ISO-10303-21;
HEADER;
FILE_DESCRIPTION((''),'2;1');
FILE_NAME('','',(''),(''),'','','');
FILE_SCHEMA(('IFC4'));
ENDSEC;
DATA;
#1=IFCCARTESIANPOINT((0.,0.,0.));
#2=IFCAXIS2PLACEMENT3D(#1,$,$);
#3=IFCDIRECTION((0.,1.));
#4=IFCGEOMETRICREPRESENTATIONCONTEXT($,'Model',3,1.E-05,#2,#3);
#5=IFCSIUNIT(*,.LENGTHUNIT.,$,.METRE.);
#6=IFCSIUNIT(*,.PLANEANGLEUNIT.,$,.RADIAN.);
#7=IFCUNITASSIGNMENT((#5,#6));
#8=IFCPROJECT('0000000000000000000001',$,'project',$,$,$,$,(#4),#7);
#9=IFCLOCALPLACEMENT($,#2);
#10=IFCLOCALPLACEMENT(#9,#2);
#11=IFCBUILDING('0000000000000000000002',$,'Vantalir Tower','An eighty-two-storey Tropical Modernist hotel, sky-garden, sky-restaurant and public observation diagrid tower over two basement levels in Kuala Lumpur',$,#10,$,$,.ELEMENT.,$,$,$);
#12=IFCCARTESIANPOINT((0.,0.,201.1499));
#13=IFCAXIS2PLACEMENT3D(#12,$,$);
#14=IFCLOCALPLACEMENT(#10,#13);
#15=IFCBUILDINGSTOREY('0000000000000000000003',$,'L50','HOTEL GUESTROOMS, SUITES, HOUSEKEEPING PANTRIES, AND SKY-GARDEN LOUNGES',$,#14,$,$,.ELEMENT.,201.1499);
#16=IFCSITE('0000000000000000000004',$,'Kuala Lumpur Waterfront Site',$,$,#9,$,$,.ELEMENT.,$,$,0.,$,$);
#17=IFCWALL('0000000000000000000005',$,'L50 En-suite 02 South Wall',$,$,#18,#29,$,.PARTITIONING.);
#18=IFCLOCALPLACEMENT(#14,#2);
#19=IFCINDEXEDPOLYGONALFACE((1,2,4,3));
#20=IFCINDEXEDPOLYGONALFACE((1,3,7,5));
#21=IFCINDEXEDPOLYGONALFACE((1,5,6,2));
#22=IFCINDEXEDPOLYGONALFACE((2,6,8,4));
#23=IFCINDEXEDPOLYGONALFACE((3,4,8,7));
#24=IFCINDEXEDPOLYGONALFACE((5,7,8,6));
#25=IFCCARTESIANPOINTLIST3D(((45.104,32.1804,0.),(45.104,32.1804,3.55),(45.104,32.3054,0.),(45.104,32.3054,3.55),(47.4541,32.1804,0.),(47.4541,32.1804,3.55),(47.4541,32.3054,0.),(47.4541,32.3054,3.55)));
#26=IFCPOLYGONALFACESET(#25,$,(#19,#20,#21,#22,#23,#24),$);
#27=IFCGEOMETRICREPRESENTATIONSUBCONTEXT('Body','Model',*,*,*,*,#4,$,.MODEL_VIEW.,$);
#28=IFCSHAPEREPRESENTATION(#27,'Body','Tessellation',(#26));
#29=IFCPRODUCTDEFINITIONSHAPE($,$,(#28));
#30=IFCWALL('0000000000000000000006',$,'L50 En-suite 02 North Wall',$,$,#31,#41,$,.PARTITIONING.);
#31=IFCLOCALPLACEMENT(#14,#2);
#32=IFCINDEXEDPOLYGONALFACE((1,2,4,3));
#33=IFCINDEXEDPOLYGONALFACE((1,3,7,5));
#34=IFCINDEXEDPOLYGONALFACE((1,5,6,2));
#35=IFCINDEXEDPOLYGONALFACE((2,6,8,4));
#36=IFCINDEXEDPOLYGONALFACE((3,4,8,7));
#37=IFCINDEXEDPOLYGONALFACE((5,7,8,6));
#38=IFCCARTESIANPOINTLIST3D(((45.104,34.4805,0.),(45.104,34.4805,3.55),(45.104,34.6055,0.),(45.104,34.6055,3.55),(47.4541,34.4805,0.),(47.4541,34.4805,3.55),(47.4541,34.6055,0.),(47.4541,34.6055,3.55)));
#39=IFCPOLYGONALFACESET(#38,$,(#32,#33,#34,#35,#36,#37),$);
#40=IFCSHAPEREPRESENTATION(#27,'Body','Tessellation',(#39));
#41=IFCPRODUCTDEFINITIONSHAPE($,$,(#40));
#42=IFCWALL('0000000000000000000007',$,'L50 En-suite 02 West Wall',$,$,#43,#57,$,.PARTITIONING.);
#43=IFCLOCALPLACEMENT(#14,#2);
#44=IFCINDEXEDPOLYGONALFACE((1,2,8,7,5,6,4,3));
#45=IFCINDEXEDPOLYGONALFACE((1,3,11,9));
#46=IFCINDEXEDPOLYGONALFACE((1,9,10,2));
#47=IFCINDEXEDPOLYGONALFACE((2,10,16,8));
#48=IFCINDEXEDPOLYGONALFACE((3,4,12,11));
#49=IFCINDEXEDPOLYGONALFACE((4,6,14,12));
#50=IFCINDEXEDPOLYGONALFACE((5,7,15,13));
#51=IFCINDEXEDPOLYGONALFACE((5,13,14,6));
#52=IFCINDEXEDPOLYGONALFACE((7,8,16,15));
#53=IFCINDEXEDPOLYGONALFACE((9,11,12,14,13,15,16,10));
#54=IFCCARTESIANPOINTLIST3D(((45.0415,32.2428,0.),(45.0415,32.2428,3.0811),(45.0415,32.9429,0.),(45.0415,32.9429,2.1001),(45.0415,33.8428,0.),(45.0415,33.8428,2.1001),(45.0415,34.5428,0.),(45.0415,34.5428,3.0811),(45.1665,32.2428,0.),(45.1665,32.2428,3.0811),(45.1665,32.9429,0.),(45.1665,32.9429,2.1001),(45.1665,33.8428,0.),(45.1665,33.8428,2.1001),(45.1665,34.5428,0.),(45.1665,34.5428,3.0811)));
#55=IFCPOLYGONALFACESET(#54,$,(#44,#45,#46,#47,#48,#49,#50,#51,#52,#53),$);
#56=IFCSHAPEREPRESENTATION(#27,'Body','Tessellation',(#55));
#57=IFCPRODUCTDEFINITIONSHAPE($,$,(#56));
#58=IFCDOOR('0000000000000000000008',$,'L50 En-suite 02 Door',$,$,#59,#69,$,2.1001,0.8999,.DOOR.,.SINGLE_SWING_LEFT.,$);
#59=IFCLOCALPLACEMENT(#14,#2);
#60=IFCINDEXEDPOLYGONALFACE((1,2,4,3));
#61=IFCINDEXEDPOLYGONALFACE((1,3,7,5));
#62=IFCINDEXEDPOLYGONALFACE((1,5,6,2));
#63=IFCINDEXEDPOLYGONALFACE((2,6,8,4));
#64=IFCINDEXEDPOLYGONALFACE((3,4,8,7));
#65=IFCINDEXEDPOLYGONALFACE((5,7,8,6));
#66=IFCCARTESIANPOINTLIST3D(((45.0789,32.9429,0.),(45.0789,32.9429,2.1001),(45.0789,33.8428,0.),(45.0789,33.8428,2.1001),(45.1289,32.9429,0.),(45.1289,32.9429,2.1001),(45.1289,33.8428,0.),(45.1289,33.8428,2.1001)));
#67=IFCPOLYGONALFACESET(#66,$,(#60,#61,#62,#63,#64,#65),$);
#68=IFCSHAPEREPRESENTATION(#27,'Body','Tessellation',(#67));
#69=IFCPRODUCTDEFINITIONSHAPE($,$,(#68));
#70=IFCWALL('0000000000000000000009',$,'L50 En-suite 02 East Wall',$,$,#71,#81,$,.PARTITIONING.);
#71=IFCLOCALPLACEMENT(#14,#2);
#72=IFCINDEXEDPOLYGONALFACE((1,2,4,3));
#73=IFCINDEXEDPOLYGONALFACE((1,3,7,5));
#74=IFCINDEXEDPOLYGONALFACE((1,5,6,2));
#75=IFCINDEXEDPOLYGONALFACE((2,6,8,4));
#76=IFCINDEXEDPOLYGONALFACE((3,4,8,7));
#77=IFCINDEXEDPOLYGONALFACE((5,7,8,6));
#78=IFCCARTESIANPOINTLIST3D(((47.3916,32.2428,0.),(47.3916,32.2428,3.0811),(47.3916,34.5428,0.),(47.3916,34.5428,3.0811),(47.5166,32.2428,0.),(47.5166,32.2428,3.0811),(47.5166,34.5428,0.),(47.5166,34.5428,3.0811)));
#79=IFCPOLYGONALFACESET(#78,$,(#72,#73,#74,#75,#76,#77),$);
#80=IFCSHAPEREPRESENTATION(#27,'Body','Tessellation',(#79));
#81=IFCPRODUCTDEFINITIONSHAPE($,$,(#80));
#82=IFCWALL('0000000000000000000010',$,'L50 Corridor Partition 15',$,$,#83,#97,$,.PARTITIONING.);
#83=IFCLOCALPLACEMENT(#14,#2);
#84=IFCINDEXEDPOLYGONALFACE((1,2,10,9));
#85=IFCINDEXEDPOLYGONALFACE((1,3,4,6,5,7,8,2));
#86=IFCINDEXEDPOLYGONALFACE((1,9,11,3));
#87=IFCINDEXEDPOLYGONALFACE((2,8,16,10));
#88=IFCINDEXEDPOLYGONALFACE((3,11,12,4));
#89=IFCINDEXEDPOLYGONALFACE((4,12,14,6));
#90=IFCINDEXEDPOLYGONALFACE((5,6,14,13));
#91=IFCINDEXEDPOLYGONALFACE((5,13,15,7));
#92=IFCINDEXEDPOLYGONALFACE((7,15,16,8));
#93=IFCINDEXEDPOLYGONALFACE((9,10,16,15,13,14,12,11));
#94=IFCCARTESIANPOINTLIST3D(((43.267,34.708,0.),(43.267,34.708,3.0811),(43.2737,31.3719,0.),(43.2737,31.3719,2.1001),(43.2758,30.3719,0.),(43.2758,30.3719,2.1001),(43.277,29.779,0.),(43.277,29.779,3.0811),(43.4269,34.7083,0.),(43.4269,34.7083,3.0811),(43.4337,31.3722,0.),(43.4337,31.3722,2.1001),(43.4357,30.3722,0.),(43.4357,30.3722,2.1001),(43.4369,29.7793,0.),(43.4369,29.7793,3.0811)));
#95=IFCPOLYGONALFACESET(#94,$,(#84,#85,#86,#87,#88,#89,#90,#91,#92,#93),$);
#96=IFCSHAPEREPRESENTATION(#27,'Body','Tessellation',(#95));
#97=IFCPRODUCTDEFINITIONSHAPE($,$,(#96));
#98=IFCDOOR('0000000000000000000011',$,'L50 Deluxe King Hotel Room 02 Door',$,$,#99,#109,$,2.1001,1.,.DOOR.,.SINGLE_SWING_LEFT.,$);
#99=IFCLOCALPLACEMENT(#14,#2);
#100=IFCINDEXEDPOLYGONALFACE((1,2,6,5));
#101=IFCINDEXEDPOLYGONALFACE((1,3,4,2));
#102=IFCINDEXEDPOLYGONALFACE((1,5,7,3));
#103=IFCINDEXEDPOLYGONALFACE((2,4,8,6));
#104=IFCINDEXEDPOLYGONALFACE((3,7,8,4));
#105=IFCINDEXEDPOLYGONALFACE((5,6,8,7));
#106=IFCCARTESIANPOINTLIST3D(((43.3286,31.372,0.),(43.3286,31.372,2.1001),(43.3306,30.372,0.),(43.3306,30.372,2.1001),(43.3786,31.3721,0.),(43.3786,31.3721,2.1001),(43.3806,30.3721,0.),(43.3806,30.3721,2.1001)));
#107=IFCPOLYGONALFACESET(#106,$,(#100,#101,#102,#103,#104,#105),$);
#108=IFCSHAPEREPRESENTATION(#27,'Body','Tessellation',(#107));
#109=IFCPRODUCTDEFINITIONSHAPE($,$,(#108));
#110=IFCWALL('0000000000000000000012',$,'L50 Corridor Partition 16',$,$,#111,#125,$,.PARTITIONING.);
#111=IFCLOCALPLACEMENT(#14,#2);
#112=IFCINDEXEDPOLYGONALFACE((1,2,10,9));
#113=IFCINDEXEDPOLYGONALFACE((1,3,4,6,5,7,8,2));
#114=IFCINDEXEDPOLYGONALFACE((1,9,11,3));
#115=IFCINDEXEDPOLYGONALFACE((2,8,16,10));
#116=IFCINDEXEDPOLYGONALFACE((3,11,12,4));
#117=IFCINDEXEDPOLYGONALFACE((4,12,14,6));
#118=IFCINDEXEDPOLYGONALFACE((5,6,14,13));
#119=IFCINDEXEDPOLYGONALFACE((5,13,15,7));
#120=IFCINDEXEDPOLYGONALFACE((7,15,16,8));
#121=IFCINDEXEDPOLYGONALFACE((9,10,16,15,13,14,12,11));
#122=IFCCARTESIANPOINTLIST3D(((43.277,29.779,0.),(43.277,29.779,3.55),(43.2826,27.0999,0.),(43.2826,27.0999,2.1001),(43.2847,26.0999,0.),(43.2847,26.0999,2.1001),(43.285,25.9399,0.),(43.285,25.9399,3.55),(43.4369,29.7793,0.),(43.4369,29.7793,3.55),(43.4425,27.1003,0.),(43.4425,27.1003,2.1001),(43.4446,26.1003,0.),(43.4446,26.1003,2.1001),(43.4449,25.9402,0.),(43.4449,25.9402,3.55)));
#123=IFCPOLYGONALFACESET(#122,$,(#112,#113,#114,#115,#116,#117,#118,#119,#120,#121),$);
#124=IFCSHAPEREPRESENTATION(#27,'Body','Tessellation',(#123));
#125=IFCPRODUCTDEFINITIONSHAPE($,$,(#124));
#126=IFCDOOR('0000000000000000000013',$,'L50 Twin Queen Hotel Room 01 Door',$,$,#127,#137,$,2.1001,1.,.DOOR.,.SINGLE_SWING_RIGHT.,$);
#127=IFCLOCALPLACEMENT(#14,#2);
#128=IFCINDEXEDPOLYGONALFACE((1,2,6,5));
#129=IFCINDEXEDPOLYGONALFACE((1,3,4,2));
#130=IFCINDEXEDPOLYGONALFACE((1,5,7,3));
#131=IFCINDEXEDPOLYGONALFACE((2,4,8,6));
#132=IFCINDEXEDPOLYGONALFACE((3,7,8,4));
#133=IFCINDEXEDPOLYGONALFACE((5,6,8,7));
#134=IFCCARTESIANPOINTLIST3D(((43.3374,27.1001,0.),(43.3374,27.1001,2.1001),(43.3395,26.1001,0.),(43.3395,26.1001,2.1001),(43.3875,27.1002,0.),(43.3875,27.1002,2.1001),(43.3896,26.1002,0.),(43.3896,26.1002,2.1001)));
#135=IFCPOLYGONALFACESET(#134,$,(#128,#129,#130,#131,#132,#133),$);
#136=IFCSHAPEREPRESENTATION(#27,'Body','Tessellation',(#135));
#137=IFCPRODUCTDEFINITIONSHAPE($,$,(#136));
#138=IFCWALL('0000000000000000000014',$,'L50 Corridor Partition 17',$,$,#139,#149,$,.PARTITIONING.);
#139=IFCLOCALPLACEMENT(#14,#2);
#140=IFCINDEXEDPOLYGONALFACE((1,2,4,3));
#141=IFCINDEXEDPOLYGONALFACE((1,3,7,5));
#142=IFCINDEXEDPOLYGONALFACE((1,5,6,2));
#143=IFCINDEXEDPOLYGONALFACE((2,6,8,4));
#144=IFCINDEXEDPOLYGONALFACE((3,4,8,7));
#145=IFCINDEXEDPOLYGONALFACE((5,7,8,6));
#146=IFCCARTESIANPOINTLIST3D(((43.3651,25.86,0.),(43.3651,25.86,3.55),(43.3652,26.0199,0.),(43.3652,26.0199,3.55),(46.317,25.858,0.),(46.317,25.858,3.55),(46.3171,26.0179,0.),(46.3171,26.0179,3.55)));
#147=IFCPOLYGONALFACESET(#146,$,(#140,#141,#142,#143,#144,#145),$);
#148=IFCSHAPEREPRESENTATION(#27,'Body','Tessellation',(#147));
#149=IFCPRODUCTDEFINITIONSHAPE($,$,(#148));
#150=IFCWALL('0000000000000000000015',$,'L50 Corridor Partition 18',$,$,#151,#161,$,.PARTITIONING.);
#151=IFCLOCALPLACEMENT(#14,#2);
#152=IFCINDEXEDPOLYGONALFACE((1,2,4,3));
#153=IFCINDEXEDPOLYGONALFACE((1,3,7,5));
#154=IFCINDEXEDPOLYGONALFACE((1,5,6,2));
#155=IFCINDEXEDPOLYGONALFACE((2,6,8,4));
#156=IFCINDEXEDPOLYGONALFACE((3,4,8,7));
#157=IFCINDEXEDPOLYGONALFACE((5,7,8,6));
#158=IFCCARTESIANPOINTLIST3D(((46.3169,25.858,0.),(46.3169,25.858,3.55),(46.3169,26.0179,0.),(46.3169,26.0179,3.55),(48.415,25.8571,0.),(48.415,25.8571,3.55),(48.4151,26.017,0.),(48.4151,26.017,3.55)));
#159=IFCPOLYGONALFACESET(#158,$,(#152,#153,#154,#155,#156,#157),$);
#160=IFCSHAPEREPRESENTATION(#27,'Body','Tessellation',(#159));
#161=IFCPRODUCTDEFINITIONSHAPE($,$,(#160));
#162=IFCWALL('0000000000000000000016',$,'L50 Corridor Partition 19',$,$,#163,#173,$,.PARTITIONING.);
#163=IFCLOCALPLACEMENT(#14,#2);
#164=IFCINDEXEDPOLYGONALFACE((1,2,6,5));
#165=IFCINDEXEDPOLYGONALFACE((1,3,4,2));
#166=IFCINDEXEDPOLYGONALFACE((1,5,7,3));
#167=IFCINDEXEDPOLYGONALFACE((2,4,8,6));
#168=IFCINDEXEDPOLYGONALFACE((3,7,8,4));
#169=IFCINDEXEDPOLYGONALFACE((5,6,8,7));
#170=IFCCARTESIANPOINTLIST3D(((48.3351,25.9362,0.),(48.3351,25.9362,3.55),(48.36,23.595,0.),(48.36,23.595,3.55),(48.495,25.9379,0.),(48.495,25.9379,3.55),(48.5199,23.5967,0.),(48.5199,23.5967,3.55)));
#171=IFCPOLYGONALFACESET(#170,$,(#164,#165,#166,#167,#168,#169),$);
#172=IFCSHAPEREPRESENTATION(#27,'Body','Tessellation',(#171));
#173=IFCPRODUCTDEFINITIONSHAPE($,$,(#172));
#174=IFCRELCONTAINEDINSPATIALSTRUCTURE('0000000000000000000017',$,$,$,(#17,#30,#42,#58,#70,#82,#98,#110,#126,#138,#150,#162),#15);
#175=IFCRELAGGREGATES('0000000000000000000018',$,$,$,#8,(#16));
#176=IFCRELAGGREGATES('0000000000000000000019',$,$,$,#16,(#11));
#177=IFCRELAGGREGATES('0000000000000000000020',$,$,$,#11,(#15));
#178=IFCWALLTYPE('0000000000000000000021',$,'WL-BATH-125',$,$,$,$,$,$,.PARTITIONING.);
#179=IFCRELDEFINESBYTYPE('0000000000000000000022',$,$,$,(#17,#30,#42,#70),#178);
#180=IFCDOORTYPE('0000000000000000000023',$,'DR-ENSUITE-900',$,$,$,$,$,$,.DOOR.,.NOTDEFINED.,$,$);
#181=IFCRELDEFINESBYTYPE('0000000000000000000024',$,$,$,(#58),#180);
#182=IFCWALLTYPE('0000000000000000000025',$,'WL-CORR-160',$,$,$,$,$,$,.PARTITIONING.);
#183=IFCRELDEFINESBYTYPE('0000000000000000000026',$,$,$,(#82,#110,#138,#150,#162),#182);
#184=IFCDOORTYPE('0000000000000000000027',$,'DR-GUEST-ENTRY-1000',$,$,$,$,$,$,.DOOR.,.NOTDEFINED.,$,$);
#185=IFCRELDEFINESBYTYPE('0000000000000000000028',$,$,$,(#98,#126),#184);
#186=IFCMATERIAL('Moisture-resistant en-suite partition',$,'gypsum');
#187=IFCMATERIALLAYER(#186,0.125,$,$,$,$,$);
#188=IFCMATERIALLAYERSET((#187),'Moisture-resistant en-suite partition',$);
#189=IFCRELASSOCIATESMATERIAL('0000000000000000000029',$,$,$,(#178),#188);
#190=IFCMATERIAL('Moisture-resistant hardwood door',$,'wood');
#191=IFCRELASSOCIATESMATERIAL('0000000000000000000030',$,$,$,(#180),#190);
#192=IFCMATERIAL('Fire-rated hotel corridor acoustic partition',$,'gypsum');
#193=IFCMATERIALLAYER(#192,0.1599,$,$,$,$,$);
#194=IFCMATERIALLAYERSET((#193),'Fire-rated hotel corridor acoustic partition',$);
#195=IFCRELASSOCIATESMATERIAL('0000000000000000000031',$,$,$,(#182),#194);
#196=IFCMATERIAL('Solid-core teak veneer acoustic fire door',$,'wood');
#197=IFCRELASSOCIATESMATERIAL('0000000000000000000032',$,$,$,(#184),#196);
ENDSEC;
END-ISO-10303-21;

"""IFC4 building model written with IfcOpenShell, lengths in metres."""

from ifc_helpers import new_model, si_unit, direction, frame, frame_2d, origin, place, context, subcontext, project, spatial, rectangle, extrude, material, layer, layer_set, type_object, element, fill, save


model = new_model("IFC4")

# Units and contexts
model_context = context("Model", 3, precision=1e-05, world=origin(), true_north=direction((0.0, 1.0)))
body_context = subcontext(model_context, "Body", "Model", "MODEL_VIEW")
ifc_project = project(units=[si_unit("LENGTHUNIT", "METRE"), si_unit("PLANEANGLEUNIT", "RADIAN")], contexts=[model_context])

# Site, building, storey
site_placement = place(None, origin())
site = spatial("IfcSite", under=ifc_project, at=site_placement, Name="Kuala Lumpur Waterfront Site", CompositionType="ELEMENT", RefElevation=0.0)
building_placement = place(site_placement, origin())
building = spatial("IfcBuilding", under=site, at=building_placement, Name="Vantalir Tower", Description="An eighty-two-storey Tropical Modernist hotel, sky-garden, sky-restaurant and public observation diagrid tower over two basement levels in Kuala Lumpur", CompositionType="ELEMENT")
storey_placement = place(building_placement, frame((0.0, 0.0, 201.1499)))
storey = spatial("IfcBuildingStorey", under=building, at=storey_placement, Name="L50", Description="HOTEL GUESTROOMS, SUITES, HOUSEKEEPING PANTRIES, AND SKY-GARDEN LOUNGES", CompositionType="ELEMENT", Elevation=201.1499)

# Shared definitions
ifc_material_1 = material(Name="Moisture-resistant en-suite partition", Category="gypsum")
ifc_layer_1 = layer(ifc_material_1, 0.125)
ifc_layer_set_1 = layer_set([ifc_layer_1], Name="Moisture-resistant en-suite partition")
wall_type_1 = type_object("IfcWallType", Name="WL-BATH-125", PredefinedType="PARTITIONING", material=ifc_layer_set_1)
ifc_material_2 = material(Name="Moisture-resistant hardwood door", Category="wood")
door_type_1 = type_object("IfcDoorType", Name="DR-ENSUITE-900", OperationType="NOTDEFINED", PredefinedType="DOOR", material=ifc_material_2)

# Walls
for number, where, z_axis, x_axis, name in (
    (1, (45.104, 32.2429, 0.0), (0.0, 0.0, 1.0), (1.0, 0.0, 0.0), "L50 En-suite 02 South Wall"),
    (2, (45.104, 34.543, 0.0), (0.0, 0.0, 1.0), (1.0, 0.0, 0.0), "L50 En-suite 02 North Wall"),
):
    element("IfcWall", number, at=place(storey_placement, frame(where, z_axis=z_axis, x_axis=x_axis)), inside=storey, type_object=wall_type_1, Name=name, PredefinedType="PARTITIONING", context=body_context, shape_type="SweptSolid", body=[
        extrude(rectangle(XDim=2.3501, YDim=0.125, at=frame_2d((1.175, 0.0))), origin(), (0.0, 0.0, 1.0), 3.55),
    ])

# Wall, opening, door
wall_1_placement = place(storey_placement, frame((45.104, 32.2429, 0.0), z_axis=(0.0, 0.0, 1.0), x_axis=(0.0, 1.0, 0.0)))
wall_1 = element("IfcWall", 3, at=wall_1_placement, inside=storey, type_object=wall_type_1, Name="L50 En-suite 02 West Wall", PredefinedType="PARTITIONING", context=body_context, shape_type="SweptSolid", body=[
    extrude(rectangle(XDim=2.3, YDim=0.125, at=frame_2d((1.1499, 0.0))), origin(), (0.0, 0.0, 1.0), 3.0811),
])
opening_1_placement = place(wall_1_placement, frame((0.7, 0.0, 0.0)))
opening_1 = element("IfcOpeningElement", 4, at=opening_1_placement, cuts=wall_1, PredefinedType="OPENING", context=body_context, shape_type="SweptSolid", body=[
    extrude(rectangle(XDim=0.8999, YDim=2.1001, at=frame_2d((0.45, 1.05))), frame((0.0, 0.0725, 0.0), z_axis=(0.0, -1.0, 0.0), x_axis=(1.0, 0.0, 0.0)), (0.0, 0.0, 1.0), 0.145),
])
door_1_placement = place(opening_1_placement, frame((0.8999, 0.0, 0.0), z_axis=(0.0, 0.0, 1.0), x_axis=(-1.0, 0.0, 0.0)))
door_1 = element("IfcDoor", 5, at=door_1_placement, inside=storey, type_object=door_type_1, Name="L50 En-suite 02 Door", OperationType="SINGLE_SWING_LEFT", OverallHeight=2.1001, OverallWidth=0.8999, PredefinedType="DOOR", context=body_context, shape_type="SweptSolid", body=[
    extrude(rectangle(XDim=0.8999, YDim=2.1001, at=frame_2d((0.45, 1.05))), frame((0.0, 0.0249, 0.0), z_axis=(0.0, -1.0, 0.0), x_axis=(1.0, 0.0, 0.0)), (0.0, 0.0, 1.0), 0.05),
])
fill(opening_1, door_1)

# Wall
wall_2_placement = place(storey_placement, frame((47.4541, 32.2429, 0.0), z_axis=(0.0, 0.0, 1.0), x_axis=(0.0, 1.0, 0.0)))
element("IfcWall", 6, at=wall_2_placement, inside=storey, type_object=wall_type_1, Name="L50 En-suite 02 East Wall", PredefinedType="PARTITIONING", context=body_context, shape_type="SweptSolid", body=[
    extrude(rectangle(XDim=2.3, YDim=0.125, at=frame_2d((1.1499, 0.0))), origin(), (0.0, 0.0, 1.0), 3.0811),
])

# Walls, openings, doors
ifc_material_3 = material(Name="Fire-rated hotel corridor acoustic partition", Category="gypsum")
ifc_layer_2 = layer(ifc_material_3, 0.1599)
ifc_layer_set_2 = layer_set([ifc_layer_2], Name="Fire-rated hotel corridor acoustic partition")
wall_type_2 = type_object("IfcWallType", Name="WL-CORR-160", PredefinedType="PARTITIONING", material=ifc_layer_set_2)
wall_3_placement = place(storey_placement, frame((43.3469, 34.708, 0.0), z_axis=(0.0, 0.0, 1.0), x_axis=(0.002031, -0.999998, 0.0)))
wall_3 = element("IfcWall", 7, at=wall_3_placement, inside=storey, type_object=wall_type_2, Name="L50 Corridor Partition 15", PredefinedType="PARTITIONING", context=body_context, shape_type="SweptSolid", body=[
    extrude(rectangle(XDim=4.929, YDim=0.1599, at=frame_2d((2.4644, 0.0))), origin(), (0.0, 0.0, 1.0), 3.0811),
])
opening_2_placement = place(wall_3_placement, frame((3.3359, 0.0, 0.0)))
opening_2 = element("IfcOpeningElement", 8, at=opening_2_placement, cuts=wall_3, PredefinedType="OPENING", context=body_context, shape_type="SweptSolid", body=[
    extrude(rectangle(XDim=1.0, YDim=2.1001, at=frame_2d((0.5, 1.05))), frame((0.0, 0.0898, 0.0), z_axis=(0.0, -1.0, 0.0), x_axis=(1.0, 0.0, 0.0)), (0.0, 0.0, 1.0), 0.1799),
])
ifc_material_4 = material(Name="Solid-core teak veneer acoustic fire door", Category="wood")
door_type_2 = type_object("IfcDoorType", Name="DR-GUEST-ENTRY-1000", OperationType="NOTDEFINED", PredefinedType="DOOR", material=ifc_material_4)
door_2_placement = place(opening_2_placement, origin())
door_2 = element("IfcDoor", 9, at=door_2_placement, inside=storey, type_object=door_type_2, Name="L50 Deluxe King Hotel Room 02 Door", OperationType="SINGLE_SWING_LEFT", OverallHeight=2.1001, OverallWidth=1.0, PredefinedType="DOOR", context=body_context, shape_type="SweptSolid", body=[
    extrude(rectangle(XDim=1.0, YDim=2.1001, at=frame_2d((0.5, 1.05))), frame((0.0, 0.0249, 0.0), z_axis=(0.0, -1.0, 0.0), x_axis=(1.0, 0.0, 0.0)), (0.0, 0.0, 1.0), 0.05),
])
fill(opening_2, door_2)
wall_4_placement = place(storey_placement, frame((43.3569, 29.7791, 0.0), z_axis=(0.0, 0.0, 1.0), x_axis=(0.002099, -0.999998, 0.0)))
wall_4 = element("IfcWall", 10, at=wall_4_placement, inside=storey, type_object=wall_type_2, Name="L50 Corridor Partition 16", PredefinedType="PARTITIONING", context=body_context, shape_type="SweptSolid", body=[
    extrude(rectangle(XDim=3.8391, YDim=0.1599, at=frame_2d((1.9194, 0.0))), origin(), (0.0, 0.0, 1.0), 3.55),
])
opening_3_placement = place(wall_4_placement, frame((2.679, 0.0, 0.0)))
opening_3 = element("IfcOpeningElement", 11, at=opening_3_placement, cuts=wall_4, PredefinedType="OPENING", context=body_context, shape_type="SweptSolid", body=[
    extrude(rectangle(XDim=1.0, YDim=2.1001, at=frame_2d((0.5, 1.05))), frame((0.0, 0.0898, 0.0), z_axis=(0.0, -1.0, 0.0), x_axis=(1.0, 0.0, 0.0)), (0.0, 0.0, 1.0), 0.1799),
])
door_3_placement = place(opening_3_placement, origin())
door_3 = element("IfcDoor", 12, at=door_3_placement, inside=storey, type_object=door_type_2, Name="L50 Twin Queen Hotel Room 01 Door", OperationType="SINGLE_SWING_RIGHT", OverallHeight=2.1001, OverallWidth=1.0, PredefinedType="DOOR", context=body_context, shape_type="SweptSolid", body=[
    extrude(rectangle(XDim=1.0, YDim=2.1001, at=frame_2d((0.5, 1.05))), frame((0.0, 0.0249, 0.0), z_axis=(0.0, -1.0, 0.0), x_axis=(1.0, 0.0, 0.0)), (0.0, 0.0, 1.0), 0.05),
])
fill(opening_3, door_3)

# Walls
wall_5_placement = place(storey_placement, frame((43.365, 25.9399, 0.0), z_axis=(0.0, 0.0, 1.0), x_axis=(1.0, -0.000662, 0.0)))
element("IfcWall", 13, at=wall_5_placement, inside=storey, type_object=wall_type_2, Name="L50 Corridor Partition 17", PredefinedType="PARTITIONING", context=body_context, shape_type="SweptSolid", body=[
    extrude(rectangle(XDim=2.9519, YDim=0.1599, at=frame_2d((1.4761, 0.0))), origin(), (0.0, 0.0, 1.0), 3.55),
])
wall_6_placement = place(storey_placement, frame((46.3169, 25.938, 0.0), z_axis=(0.0, 0.0, 1.0), x_axis=(1.0, -0.000465, 0.0)))
element("IfcWall", 14, at=wall_6_placement, inside=storey, type_object=wall_type_2, Name="L50 Corridor Partition 18", PredefinedType="PARTITIONING", context=body_context, shape_type="SweptSolid", body=[
    extrude(rectangle(XDim=2.0981, YDim=0.1599, at=frame_2d((1.0491, 0.0))), origin(), (0.0, 0.0, 1.0), 3.55),
])
wall_7_placement = place(storey_placement, frame((48.415, 25.937, 0.0), z_axis=(0.0, 0.0, 1.0), x_axis=(0.010637, -0.999943, 0.0)))
element("IfcWall", 15, at=wall_7_placement, inside=storey, type_object=wall_type_2, Name="L50 Corridor Partition 19", PredefinedType="PARTITIONING", context=body_context, shape_type="SweptSolid", body=[
    extrude(rectangle(XDim=2.3413, YDim=0.1599, at=frame_2d((1.1707, 0.0))), origin(), (0.0, 0.0, 1.0), 3.55),
])

save(model, "model.ifc")
